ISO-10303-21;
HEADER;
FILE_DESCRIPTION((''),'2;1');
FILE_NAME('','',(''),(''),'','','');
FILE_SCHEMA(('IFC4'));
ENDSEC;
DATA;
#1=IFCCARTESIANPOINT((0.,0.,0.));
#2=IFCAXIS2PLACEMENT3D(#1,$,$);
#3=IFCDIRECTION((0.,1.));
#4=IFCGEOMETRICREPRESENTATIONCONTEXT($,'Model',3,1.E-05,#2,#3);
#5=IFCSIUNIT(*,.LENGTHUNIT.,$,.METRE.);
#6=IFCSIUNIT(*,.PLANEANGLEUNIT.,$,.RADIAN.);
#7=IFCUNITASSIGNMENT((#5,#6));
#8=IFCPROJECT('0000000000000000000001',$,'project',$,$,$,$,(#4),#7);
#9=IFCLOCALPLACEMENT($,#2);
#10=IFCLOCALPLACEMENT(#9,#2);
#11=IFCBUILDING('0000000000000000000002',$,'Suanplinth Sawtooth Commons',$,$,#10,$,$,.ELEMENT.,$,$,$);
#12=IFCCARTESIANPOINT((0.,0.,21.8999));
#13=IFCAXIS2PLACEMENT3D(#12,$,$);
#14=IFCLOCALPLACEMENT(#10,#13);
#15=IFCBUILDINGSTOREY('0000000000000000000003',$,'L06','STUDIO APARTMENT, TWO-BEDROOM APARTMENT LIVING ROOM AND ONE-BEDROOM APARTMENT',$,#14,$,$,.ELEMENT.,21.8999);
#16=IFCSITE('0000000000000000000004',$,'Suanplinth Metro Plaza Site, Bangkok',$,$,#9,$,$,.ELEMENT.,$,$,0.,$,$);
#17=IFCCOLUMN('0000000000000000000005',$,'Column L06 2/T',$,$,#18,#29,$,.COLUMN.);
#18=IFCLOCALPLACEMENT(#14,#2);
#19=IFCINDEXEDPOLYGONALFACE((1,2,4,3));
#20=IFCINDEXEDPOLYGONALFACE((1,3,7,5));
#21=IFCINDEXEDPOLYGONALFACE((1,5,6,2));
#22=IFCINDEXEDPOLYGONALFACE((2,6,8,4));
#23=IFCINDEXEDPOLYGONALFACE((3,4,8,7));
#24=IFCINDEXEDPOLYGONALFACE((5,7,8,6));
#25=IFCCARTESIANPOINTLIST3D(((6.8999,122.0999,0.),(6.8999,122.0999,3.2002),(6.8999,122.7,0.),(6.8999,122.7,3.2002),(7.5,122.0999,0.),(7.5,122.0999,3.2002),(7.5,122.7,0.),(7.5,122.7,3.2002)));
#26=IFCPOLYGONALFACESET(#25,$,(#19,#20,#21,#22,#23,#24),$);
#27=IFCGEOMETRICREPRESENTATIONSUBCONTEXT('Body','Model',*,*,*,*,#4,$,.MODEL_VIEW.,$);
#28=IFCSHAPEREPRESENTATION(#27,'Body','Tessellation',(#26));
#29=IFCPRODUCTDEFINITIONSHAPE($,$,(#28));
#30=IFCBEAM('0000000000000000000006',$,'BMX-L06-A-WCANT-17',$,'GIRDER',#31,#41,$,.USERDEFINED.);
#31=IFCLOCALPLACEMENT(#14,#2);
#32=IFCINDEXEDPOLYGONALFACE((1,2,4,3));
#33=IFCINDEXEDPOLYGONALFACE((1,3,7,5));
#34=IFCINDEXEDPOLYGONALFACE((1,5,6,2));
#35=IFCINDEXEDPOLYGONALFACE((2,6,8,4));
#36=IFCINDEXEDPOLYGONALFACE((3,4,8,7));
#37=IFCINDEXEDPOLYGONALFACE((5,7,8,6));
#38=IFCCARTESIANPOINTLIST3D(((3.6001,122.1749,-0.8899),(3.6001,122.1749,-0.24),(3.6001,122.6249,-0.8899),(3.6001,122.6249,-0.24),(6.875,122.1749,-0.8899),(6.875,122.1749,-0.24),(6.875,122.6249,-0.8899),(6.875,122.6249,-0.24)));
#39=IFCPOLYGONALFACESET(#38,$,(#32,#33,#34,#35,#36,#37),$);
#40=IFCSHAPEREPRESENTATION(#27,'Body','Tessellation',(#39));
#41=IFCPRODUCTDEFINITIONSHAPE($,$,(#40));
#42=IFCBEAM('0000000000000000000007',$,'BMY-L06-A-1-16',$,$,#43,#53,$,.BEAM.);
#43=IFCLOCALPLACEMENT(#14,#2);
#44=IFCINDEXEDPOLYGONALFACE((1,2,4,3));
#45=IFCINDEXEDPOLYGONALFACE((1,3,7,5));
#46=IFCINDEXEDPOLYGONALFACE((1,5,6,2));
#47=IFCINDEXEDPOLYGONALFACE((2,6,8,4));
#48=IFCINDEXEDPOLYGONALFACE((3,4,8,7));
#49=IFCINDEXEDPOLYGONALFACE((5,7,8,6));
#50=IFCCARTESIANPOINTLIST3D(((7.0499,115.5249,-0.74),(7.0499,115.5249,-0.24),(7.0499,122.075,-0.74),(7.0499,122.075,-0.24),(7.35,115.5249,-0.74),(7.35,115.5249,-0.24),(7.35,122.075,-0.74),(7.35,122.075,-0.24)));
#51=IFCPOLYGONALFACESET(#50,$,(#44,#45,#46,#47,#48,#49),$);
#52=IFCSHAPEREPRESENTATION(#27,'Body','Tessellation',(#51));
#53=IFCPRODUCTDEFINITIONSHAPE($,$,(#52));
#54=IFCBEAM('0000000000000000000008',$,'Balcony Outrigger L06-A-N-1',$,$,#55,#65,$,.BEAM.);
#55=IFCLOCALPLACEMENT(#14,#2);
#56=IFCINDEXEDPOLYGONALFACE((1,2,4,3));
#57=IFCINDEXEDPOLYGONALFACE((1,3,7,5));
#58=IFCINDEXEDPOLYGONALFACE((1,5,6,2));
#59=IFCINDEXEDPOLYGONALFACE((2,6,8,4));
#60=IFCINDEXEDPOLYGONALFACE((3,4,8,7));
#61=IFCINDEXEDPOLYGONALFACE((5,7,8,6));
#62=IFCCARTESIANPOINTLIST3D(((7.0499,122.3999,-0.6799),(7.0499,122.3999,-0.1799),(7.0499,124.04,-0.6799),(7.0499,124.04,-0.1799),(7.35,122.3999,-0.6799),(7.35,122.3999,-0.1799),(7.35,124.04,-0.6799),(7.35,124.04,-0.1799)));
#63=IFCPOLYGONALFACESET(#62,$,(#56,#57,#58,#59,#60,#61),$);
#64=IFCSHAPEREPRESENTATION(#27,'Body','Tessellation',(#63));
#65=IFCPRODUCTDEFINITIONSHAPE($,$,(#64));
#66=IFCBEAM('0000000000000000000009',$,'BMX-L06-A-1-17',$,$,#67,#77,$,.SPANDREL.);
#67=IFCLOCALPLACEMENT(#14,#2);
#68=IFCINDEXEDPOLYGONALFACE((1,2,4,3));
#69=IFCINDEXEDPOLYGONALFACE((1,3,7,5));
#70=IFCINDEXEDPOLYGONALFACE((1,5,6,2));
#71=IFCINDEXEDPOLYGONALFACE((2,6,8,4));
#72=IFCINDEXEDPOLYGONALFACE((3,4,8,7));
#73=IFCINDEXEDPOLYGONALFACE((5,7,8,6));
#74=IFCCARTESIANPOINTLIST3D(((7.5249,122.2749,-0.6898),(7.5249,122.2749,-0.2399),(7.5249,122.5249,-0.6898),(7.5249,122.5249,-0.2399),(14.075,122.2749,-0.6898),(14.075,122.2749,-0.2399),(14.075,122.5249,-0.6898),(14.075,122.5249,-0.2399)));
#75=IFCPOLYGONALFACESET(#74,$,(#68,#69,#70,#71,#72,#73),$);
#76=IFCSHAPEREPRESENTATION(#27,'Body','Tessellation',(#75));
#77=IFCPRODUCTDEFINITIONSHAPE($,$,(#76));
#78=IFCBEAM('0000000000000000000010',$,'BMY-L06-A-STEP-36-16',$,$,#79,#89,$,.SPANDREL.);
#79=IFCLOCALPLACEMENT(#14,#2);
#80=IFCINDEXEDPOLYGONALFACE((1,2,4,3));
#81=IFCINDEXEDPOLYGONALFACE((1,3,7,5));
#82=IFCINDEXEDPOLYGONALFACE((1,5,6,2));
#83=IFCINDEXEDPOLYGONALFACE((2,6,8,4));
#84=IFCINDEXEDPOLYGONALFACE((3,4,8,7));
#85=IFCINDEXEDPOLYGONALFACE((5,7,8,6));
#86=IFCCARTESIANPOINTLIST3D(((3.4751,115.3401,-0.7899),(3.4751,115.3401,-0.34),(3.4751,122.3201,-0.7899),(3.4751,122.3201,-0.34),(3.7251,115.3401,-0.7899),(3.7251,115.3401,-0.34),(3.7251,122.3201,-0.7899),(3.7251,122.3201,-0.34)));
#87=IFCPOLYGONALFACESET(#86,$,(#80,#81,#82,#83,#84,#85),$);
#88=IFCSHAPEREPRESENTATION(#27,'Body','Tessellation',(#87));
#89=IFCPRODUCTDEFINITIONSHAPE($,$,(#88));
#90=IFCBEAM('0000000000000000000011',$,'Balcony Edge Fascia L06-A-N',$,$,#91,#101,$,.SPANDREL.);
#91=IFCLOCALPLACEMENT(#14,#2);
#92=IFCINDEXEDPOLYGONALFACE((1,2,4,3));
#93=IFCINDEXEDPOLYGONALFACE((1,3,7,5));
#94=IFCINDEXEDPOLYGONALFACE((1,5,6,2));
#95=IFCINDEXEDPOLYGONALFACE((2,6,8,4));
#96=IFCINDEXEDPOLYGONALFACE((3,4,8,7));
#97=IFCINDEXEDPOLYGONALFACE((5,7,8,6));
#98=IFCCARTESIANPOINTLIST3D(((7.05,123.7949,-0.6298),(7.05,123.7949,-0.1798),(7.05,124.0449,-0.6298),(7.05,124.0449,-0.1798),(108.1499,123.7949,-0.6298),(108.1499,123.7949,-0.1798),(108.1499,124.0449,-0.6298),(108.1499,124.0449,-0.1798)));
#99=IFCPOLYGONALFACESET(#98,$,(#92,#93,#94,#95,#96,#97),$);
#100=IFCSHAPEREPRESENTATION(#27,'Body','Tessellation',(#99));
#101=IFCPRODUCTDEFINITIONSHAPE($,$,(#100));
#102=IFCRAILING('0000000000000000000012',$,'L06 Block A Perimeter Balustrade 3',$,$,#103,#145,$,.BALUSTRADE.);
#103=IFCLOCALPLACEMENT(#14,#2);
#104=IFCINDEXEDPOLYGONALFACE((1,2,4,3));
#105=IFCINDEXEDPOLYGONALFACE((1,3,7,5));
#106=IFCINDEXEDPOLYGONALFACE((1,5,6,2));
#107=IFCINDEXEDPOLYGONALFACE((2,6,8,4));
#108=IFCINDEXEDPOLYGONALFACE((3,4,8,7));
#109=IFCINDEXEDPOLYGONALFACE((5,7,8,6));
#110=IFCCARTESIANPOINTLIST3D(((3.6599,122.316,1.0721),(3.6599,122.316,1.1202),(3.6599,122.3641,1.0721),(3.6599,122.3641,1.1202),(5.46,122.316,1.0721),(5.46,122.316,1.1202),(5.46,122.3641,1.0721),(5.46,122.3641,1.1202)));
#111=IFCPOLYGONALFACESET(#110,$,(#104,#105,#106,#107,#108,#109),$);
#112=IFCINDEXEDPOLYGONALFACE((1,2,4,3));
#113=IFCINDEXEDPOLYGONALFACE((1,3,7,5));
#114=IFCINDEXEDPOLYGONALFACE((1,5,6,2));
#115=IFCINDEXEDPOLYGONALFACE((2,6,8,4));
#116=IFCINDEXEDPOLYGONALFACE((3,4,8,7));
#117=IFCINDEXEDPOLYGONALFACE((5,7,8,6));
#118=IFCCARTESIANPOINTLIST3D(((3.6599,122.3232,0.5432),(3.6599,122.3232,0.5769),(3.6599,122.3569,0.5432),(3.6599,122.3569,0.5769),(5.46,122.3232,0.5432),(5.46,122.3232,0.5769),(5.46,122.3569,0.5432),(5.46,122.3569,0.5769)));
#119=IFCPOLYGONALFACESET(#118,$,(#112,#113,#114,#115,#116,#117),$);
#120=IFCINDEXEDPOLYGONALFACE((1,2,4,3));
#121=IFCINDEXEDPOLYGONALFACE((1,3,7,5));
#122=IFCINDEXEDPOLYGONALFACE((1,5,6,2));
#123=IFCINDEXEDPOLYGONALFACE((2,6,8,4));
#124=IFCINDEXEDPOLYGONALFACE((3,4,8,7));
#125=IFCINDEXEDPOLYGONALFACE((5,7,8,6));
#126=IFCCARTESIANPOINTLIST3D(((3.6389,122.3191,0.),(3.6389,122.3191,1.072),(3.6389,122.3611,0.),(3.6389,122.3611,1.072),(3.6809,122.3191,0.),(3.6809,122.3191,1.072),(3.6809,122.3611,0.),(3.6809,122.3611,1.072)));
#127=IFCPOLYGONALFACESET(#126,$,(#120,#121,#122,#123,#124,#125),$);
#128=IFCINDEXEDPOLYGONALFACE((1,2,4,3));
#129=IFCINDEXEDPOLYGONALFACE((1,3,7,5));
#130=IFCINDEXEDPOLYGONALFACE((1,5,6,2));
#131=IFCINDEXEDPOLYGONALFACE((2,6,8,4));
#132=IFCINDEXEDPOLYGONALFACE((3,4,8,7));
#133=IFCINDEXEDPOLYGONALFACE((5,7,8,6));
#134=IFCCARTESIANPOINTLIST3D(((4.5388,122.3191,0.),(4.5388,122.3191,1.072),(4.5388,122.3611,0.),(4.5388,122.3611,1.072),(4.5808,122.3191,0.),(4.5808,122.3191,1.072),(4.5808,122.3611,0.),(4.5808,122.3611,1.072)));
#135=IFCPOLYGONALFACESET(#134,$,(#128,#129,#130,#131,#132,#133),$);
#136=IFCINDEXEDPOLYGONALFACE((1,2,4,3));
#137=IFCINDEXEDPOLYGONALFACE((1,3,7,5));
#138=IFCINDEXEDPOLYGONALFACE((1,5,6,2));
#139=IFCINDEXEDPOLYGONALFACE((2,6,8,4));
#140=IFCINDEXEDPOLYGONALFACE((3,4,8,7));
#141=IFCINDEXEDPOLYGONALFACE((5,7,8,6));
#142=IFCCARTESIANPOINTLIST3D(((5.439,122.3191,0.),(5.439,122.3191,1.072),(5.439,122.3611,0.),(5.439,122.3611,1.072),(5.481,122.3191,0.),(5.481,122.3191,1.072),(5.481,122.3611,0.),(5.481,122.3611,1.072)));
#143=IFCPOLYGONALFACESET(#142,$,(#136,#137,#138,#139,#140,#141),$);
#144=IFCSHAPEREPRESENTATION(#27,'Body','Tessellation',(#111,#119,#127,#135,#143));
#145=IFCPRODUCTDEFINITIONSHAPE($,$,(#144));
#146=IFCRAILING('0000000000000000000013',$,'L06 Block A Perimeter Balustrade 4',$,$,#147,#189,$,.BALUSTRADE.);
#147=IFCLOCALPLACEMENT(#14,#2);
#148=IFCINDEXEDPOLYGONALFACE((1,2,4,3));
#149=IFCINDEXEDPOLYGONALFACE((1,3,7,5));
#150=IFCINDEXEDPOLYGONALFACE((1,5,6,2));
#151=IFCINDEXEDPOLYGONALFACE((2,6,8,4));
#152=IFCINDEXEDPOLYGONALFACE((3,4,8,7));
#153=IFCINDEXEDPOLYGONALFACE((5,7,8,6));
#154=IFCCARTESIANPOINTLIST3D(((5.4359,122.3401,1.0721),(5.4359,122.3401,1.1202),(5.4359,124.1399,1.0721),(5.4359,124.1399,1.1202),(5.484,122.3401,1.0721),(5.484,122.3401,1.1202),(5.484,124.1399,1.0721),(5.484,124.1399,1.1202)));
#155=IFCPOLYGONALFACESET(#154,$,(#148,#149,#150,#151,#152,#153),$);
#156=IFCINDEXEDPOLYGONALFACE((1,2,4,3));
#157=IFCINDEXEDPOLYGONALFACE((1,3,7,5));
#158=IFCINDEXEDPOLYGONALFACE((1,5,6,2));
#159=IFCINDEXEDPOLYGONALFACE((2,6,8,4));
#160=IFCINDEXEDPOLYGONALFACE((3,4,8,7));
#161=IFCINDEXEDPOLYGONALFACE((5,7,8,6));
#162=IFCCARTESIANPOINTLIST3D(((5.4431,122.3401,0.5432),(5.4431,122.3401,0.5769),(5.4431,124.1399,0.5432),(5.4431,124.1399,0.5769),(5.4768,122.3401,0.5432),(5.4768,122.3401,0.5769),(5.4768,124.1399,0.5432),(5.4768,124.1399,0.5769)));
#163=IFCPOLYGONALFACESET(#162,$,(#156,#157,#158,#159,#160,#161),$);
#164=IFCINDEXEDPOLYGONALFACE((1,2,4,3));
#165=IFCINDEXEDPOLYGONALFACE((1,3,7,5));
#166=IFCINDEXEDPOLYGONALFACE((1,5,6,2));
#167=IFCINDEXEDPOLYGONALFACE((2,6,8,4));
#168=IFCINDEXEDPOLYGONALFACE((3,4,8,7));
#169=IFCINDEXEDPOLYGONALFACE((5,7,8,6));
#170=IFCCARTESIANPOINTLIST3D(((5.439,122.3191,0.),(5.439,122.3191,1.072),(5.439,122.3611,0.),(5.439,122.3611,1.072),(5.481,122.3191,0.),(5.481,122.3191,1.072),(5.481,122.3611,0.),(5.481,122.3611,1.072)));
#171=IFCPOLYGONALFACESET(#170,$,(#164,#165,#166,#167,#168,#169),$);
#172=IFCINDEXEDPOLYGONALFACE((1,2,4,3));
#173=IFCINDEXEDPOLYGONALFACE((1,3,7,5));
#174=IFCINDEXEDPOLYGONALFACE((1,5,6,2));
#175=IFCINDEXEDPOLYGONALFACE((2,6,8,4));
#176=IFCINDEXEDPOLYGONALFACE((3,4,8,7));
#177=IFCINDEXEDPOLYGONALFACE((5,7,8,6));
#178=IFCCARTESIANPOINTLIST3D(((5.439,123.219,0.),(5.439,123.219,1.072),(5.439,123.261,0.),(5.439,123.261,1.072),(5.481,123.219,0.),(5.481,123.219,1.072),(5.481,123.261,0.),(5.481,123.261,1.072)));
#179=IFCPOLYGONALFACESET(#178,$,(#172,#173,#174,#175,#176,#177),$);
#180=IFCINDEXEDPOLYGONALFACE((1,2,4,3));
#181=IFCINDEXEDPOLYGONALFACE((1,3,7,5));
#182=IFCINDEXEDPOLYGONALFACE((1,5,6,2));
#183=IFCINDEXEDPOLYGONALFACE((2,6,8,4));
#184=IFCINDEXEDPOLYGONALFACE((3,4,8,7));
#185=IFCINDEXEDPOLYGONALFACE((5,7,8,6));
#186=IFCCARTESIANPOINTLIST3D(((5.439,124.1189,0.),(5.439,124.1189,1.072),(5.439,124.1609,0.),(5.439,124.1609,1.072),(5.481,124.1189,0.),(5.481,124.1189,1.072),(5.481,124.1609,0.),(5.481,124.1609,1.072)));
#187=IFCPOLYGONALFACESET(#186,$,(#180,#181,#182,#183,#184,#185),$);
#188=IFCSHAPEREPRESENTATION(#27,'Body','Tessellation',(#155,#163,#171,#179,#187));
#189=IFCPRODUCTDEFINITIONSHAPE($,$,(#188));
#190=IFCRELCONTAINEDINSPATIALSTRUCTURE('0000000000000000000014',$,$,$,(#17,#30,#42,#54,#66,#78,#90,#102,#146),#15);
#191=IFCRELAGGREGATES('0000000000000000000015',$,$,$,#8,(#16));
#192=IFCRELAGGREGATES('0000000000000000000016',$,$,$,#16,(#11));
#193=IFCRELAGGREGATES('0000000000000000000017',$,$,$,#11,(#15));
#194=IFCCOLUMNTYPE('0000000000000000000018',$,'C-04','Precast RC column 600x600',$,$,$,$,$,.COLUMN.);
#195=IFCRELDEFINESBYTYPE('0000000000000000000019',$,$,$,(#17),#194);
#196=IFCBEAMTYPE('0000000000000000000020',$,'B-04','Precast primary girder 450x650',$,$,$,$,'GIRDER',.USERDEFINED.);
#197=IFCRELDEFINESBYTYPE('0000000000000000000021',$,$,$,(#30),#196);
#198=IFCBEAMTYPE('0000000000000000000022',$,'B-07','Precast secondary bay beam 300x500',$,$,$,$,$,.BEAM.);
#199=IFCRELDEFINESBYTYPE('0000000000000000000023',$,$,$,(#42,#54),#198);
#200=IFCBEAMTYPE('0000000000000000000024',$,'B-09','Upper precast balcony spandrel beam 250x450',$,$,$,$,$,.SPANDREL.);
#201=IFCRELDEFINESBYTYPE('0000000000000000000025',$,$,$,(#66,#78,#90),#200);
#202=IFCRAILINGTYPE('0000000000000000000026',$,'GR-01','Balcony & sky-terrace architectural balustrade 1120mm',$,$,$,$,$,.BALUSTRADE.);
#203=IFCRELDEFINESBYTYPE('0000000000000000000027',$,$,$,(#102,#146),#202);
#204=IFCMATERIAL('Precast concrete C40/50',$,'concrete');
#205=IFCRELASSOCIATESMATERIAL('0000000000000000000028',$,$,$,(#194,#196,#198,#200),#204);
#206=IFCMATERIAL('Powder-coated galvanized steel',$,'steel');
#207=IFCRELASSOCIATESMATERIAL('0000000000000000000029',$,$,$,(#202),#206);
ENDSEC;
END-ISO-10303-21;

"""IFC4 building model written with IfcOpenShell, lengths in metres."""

from ifc_helpers import new_model, si_unit, direction, frame, origin, origin_2d, place, context, subcontext, project, spatial, rectangle, extrude, material, material_profile, profile_set, type_object, element, save


model = new_model("IFC4")

# Units and contexts
model_context = context("Model", 3, precision=1e-05, world=origin(), true_north=direction((0.0, 1.0)))
body_context = subcontext(model_context, "Body", "Model", "MODEL_VIEW")
ifc_project = project(units=[si_unit("LENGTHUNIT", "METRE"), si_unit("PLANEANGLEUNIT", "RADIAN")], contexts=[model_context])

# Site, building, storey
site_placement = place(None, origin())
site = spatial("IfcSite", under=ifc_project, at=site_placement, Name="Suanplinth Metro Plaza Site, Bangkok", CompositionType="ELEMENT", RefElevation=0.0)
building_placement = place(site_placement, origin())
building = spatial("IfcBuilding", under=site, at=building_placement, Name="Suanplinth Sawtooth Commons", CompositionType="ELEMENT")
storey_placement = place(building_placement, frame((0.0, 0.0, 21.8999)))
storey = spatial("IfcBuildingStorey", under=building, at=storey_placement, Name="L06", Description="STUDIO APARTMENT, TWO-BEDROOM APARTMENT LIVING ROOM AND ONE-BEDROOM APARTMENT", CompositionType="ELEMENT", Elevation=21.8999)

# Column
ifc_material_1 = material(Name="Precast concrete C40/50", Category="concrete")
ifc_material_profile_1 = material_profile(ifc_material_1, rectangle(XDim=0.6001, YDim=0.6001, at=origin_2d()), Name="PC-COL 600x600")
ifc_profile_set_1 = profile_set([ifc_material_profile_1], Name="Precast concrete C40/50")
column_type = type_object("IfcColumnType", Name="C-04", Description="Precast RC column 600x600", PredefinedType="COLUMN", material=ifc_profile_set_1)
column_placement = place(storey_placement, frame((7.2, 122.3999, 0.0), z_axis=(0.0, 0.0, 1.0), x_axis=(1.0, 0.0, 0.0)))
element("IfcColumn", 1, at=column_placement, inside=storey, type_object=column_type, Name="Column L06 2/T", PredefinedType="COLUMN", context=body_context, shape_type="SweptSolid", body=[
    extrude(rectangle(XDim=0.6001, YDim=0.6001, at=origin_2d()), origin(), (0.0, 0.0, 1.0), 3.2002),
])

# Beams
ifc_material_profile_2 = material_profile(ifc_material_1, rectangle(XDim=0.45, YDim=0.6499, at=origin_2d()), Name="PC-GDR 450x650")
ifc_profile_set_2 = profile_set([ifc_material_profile_2], Name="Precast concrete C40/50")
beam_type_1 = type_object("IfcBeamType", Name="B-04", Description="Precast primary girder 450x650", ElementType="GIRDER", PredefinedType="USERDEFINED", material=ifc_profile_set_2)
beam_1_placement = place(storey_placement, frame((6.875, 122.3999, -0.5649), z_axis=(-1.0, 0.0, 0.0), x_axis=(0.0, -1.0, 0.0)))
element("IfcBeam", 2, at=beam_1_placement, inside=storey, type_object=beam_type_1, Name="BMX-L06-A-WCANT-17", ObjectType="GIRDER", PredefinedType="USERDEFINED", context=body_context, shape_type="SweptSolid", body=[
    extrude(rectangle(XDim=0.45, YDim=0.6499, at=origin_2d()), origin(), (0.0, 0.0, 1.0), 3.2749),
])
ifc_material_profile_3 = material_profile(ifc_material_1, rectangle(XDim=0.3, YDim=0.5, at=origin_2d()), Name="PC-BM 300x500")
ifc_profile_set_3 = profile_set([ifc_material_profile_3], Name="Precast concrete C40/50")
beam_type_2 = type_object("IfcBeamType", Name="B-07", Description="Precast secondary bay beam 300x500", PredefinedType="BEAM", material=ifc_profile_set_3)
beam_2_placement = place(storey_placement, frame((7.2, 115.5249, -0.49), z_axis=(0.0, 1.0, 0.0), x_axis=(-1.0, 0.0, 0.0)))
element("IfcBeam", 3, at=beam_2_placement, inside=storey, type_object=beam_type_2, Name="BMY-L06-A-1-16", PredefinedType="BEAM", context=body_context, shape_type="SweptSolid", body=[
    extrude(rectangle(XDim=0.3, YDim=0.5, at=origin_2d()), origin(), (0.0, 0.0, 1.0), 6.55),
])
beam_3_placement = place(storey_placement, frame((7.2, 122.3999, -0.4299), z_axis=(0.0, 1.0, 0.0), x_axis=(-1.0, 0.0, 0.0)))
element("IfcBeam", 4, at=beam_3_placement, inside=storey, type_object=beam_type_2, Name="Balcony Outrigger L06-A-N-1", PredefinedType="BEAM", context=body_context, shape_type="SweptSolid", body=[
    extrude(rectangle(XDim=0.3, YDim=0.5, at=origin_2d()), origin(), (0.0, 0.0, 1.0), 1.6401),
])
ifc_material_profile_4 = material_profile(ifc_material_1, rectangle(XDim=0.25, YDim=0.45, at=origin_2d()), Name="PC-SP 250x450")
ifc_profile_set_4 = profile_set([ifc_material_profile_4], Name="Precast concrete C40/50")
beam_type_3 = type_object("IfcBeamType", Name="B-09", Description="Upper precast balcony spandrel beam 250x450", PredefinedType="SPANDREL", material=ifc_profile_set_4)
beam_4_placement = place(storey_placement, frame((7.5249, 122.3999, -0.4648), z_axis=(1.0, 0.0, 0.0), x_axis=(0.0, 1.0, 0.0)))
element("IfcBeam", 5, at=beam_4_placement, inside=storey, type_object=beam_type_3, Name="BMX-L06-A-1-17", PredefinedType="SPANDREL", context=body_context, shape_type="SweptSolid", body=[
    extrude(rectangle(XDim=0.25, YDim=0.45, at=origin_2d()), origin(), (0.0, 0.0, 1.0), 6.55),
])
beam_5_placement = place(storey_placement, frame((3.6001, 115.3401, -0.5649), z_axis=(0.0, 1.0, 0.0), x_axis=(-1.0, 0.0, 0.0)))
element("IfcBeam", 6, at=beam_5_placement, inside=storey, type_object=beam_type_3, Name="BMY-L06-A-STEP-36-16", PredefinedType="SPANDREL", context=body_context, shape_type="SweptSolid", body=[
    extrude(rectangle(XDim=0.25, YDim=0.45, at=origin_2d()), origin(), (0.0, 0.0, 1.0), 6.98),
])
beam_6_placement = place(storey_placement, frame((7.05, 123.9199, -0.4048), z_axis=(1.0, 0.0, 0.0), x_axis=(0.0, 1.0, 0.0)))
element("IfcBeam", 7, at=beam_6_placement, inside=storey, type_object=beam_type_3, Name="Balcony Edge Fascia L06-A-N", PredefinedType="SPANDREL", context=body_context, shape_type="SweptSolid", body=[
    extrude(rectangle(XDim=0.25, YDim=0.45, at=origin_2d()), origin(), (0.0, 0.0, 1.0), 101.0999),
])

# Railings
ifc_material_2 = material(Name="Powder-coated galvanized steel", Category="steel")
railing_type = type_object("IfcRailingType", Name="GR-01", Description="Balcony & sky-terrace architectural balustrade 1120mm", PredefinedType="BALUSTRADE", material=ifc_material_2)
railing_1_placement = place(storey_placement, frame((3.6599, 122.3401, 0.0)))
element("IfcRailing", 8, at=railing_1_placement, inside=storey, type_object=railing_type, Name="L06 Block A Perimeter Balustrade 3", PredefinedType="BALUSTRADE", context=body_context, shape_type="SweptSolid", body=[
    extrude(rectangle(XDim=0.0481, YDim=0.0481, at=origin_2d()), frame((0.0, 0.0, 1.0962), z_axis=(1.0, 0.0, 0.0), x_axis=(0.0, 1.0, 0.0)), (0.0, 0.0, 1.0), 1.8),
    extrude(rectangle(XDim=0.0337, YDim=0.0337, at=origin_2d()), frame((0.0, 0.0, 0.5601), z_axis=(1.0, 0.0, 0.0), x_axis=(0.0, 1.0, 0.0)), (0.0, 0.0, 1.0), 1.8),
    extrude(rectangle(XDim=0.042, YDim=0.042, at=origin_2d()), origin(), (0.0, 0.0, 1.0), 1.072),
    extrude(rectangle(XDim=0.042, YDim=0.042, at=origin_2d()), frame((0.8999, 0.0, 0.0)), (0.0, 0.0, 1.0), 1.072),
    extrude(rectangle(XDim=0.042, YDim=0.042, at=origin_2d()), frame((1.8, 0.0, 0.0)), (0.0, 0.0, 1.0), 1.072),
])
railing_2_placement = place(storey_placement, frame((5.46, 122.3401, 0.0)))
element("IfcRailing", 9, at=railing_2_placement, inside=storey, type_object=railing_type, Name="L06 Block A Perimeter Balustrade 4", PredefinedType="BALUSTRADE", context=body_context, shape_type="SweptSolid", body=[
    extrude(rectangle(XDim=0.0481, YDim=0.0481, at=origin_2d()), frame((0.0, 0.0, 1.0962), z_axis=(0.0, 1.0, 0.0), x_axis=(-1.0, 0.0, 0.0)), (0.0, 0.0, 1.0), 1.7998),
    extrude(rectangle(XDim=0.0337, YDim=0.0337, at=origin_2d()), frame((0.0, 0.0, 0.5601), z_axis=(0.0, 1.0, 0.0), x_axis=(-1.0, 0.0, 0.0)), (0.0, 0.0, 1.0), 1.7998),
    extrude(rectangle(XDim=0.042, YDim=0.042, at=origin_2d()), origin(), (0.0, 0.0, 1.0), 1.072),
    extrude(rectangle(XDim=0.042, YDim=0.042, at=origin_2d()), frame((0.0, 0.8999, 0.0)), (0.0, 0.0, 1.0), 1.072),
    extrude(rectangle(XDim=0.042, YDim=0.042, at=origin_2d()), frame((0.0, 1.7998, 0.0)), (0.0, 0.0, 1.0), 1.072),
])

save(model, "model.ifc")
